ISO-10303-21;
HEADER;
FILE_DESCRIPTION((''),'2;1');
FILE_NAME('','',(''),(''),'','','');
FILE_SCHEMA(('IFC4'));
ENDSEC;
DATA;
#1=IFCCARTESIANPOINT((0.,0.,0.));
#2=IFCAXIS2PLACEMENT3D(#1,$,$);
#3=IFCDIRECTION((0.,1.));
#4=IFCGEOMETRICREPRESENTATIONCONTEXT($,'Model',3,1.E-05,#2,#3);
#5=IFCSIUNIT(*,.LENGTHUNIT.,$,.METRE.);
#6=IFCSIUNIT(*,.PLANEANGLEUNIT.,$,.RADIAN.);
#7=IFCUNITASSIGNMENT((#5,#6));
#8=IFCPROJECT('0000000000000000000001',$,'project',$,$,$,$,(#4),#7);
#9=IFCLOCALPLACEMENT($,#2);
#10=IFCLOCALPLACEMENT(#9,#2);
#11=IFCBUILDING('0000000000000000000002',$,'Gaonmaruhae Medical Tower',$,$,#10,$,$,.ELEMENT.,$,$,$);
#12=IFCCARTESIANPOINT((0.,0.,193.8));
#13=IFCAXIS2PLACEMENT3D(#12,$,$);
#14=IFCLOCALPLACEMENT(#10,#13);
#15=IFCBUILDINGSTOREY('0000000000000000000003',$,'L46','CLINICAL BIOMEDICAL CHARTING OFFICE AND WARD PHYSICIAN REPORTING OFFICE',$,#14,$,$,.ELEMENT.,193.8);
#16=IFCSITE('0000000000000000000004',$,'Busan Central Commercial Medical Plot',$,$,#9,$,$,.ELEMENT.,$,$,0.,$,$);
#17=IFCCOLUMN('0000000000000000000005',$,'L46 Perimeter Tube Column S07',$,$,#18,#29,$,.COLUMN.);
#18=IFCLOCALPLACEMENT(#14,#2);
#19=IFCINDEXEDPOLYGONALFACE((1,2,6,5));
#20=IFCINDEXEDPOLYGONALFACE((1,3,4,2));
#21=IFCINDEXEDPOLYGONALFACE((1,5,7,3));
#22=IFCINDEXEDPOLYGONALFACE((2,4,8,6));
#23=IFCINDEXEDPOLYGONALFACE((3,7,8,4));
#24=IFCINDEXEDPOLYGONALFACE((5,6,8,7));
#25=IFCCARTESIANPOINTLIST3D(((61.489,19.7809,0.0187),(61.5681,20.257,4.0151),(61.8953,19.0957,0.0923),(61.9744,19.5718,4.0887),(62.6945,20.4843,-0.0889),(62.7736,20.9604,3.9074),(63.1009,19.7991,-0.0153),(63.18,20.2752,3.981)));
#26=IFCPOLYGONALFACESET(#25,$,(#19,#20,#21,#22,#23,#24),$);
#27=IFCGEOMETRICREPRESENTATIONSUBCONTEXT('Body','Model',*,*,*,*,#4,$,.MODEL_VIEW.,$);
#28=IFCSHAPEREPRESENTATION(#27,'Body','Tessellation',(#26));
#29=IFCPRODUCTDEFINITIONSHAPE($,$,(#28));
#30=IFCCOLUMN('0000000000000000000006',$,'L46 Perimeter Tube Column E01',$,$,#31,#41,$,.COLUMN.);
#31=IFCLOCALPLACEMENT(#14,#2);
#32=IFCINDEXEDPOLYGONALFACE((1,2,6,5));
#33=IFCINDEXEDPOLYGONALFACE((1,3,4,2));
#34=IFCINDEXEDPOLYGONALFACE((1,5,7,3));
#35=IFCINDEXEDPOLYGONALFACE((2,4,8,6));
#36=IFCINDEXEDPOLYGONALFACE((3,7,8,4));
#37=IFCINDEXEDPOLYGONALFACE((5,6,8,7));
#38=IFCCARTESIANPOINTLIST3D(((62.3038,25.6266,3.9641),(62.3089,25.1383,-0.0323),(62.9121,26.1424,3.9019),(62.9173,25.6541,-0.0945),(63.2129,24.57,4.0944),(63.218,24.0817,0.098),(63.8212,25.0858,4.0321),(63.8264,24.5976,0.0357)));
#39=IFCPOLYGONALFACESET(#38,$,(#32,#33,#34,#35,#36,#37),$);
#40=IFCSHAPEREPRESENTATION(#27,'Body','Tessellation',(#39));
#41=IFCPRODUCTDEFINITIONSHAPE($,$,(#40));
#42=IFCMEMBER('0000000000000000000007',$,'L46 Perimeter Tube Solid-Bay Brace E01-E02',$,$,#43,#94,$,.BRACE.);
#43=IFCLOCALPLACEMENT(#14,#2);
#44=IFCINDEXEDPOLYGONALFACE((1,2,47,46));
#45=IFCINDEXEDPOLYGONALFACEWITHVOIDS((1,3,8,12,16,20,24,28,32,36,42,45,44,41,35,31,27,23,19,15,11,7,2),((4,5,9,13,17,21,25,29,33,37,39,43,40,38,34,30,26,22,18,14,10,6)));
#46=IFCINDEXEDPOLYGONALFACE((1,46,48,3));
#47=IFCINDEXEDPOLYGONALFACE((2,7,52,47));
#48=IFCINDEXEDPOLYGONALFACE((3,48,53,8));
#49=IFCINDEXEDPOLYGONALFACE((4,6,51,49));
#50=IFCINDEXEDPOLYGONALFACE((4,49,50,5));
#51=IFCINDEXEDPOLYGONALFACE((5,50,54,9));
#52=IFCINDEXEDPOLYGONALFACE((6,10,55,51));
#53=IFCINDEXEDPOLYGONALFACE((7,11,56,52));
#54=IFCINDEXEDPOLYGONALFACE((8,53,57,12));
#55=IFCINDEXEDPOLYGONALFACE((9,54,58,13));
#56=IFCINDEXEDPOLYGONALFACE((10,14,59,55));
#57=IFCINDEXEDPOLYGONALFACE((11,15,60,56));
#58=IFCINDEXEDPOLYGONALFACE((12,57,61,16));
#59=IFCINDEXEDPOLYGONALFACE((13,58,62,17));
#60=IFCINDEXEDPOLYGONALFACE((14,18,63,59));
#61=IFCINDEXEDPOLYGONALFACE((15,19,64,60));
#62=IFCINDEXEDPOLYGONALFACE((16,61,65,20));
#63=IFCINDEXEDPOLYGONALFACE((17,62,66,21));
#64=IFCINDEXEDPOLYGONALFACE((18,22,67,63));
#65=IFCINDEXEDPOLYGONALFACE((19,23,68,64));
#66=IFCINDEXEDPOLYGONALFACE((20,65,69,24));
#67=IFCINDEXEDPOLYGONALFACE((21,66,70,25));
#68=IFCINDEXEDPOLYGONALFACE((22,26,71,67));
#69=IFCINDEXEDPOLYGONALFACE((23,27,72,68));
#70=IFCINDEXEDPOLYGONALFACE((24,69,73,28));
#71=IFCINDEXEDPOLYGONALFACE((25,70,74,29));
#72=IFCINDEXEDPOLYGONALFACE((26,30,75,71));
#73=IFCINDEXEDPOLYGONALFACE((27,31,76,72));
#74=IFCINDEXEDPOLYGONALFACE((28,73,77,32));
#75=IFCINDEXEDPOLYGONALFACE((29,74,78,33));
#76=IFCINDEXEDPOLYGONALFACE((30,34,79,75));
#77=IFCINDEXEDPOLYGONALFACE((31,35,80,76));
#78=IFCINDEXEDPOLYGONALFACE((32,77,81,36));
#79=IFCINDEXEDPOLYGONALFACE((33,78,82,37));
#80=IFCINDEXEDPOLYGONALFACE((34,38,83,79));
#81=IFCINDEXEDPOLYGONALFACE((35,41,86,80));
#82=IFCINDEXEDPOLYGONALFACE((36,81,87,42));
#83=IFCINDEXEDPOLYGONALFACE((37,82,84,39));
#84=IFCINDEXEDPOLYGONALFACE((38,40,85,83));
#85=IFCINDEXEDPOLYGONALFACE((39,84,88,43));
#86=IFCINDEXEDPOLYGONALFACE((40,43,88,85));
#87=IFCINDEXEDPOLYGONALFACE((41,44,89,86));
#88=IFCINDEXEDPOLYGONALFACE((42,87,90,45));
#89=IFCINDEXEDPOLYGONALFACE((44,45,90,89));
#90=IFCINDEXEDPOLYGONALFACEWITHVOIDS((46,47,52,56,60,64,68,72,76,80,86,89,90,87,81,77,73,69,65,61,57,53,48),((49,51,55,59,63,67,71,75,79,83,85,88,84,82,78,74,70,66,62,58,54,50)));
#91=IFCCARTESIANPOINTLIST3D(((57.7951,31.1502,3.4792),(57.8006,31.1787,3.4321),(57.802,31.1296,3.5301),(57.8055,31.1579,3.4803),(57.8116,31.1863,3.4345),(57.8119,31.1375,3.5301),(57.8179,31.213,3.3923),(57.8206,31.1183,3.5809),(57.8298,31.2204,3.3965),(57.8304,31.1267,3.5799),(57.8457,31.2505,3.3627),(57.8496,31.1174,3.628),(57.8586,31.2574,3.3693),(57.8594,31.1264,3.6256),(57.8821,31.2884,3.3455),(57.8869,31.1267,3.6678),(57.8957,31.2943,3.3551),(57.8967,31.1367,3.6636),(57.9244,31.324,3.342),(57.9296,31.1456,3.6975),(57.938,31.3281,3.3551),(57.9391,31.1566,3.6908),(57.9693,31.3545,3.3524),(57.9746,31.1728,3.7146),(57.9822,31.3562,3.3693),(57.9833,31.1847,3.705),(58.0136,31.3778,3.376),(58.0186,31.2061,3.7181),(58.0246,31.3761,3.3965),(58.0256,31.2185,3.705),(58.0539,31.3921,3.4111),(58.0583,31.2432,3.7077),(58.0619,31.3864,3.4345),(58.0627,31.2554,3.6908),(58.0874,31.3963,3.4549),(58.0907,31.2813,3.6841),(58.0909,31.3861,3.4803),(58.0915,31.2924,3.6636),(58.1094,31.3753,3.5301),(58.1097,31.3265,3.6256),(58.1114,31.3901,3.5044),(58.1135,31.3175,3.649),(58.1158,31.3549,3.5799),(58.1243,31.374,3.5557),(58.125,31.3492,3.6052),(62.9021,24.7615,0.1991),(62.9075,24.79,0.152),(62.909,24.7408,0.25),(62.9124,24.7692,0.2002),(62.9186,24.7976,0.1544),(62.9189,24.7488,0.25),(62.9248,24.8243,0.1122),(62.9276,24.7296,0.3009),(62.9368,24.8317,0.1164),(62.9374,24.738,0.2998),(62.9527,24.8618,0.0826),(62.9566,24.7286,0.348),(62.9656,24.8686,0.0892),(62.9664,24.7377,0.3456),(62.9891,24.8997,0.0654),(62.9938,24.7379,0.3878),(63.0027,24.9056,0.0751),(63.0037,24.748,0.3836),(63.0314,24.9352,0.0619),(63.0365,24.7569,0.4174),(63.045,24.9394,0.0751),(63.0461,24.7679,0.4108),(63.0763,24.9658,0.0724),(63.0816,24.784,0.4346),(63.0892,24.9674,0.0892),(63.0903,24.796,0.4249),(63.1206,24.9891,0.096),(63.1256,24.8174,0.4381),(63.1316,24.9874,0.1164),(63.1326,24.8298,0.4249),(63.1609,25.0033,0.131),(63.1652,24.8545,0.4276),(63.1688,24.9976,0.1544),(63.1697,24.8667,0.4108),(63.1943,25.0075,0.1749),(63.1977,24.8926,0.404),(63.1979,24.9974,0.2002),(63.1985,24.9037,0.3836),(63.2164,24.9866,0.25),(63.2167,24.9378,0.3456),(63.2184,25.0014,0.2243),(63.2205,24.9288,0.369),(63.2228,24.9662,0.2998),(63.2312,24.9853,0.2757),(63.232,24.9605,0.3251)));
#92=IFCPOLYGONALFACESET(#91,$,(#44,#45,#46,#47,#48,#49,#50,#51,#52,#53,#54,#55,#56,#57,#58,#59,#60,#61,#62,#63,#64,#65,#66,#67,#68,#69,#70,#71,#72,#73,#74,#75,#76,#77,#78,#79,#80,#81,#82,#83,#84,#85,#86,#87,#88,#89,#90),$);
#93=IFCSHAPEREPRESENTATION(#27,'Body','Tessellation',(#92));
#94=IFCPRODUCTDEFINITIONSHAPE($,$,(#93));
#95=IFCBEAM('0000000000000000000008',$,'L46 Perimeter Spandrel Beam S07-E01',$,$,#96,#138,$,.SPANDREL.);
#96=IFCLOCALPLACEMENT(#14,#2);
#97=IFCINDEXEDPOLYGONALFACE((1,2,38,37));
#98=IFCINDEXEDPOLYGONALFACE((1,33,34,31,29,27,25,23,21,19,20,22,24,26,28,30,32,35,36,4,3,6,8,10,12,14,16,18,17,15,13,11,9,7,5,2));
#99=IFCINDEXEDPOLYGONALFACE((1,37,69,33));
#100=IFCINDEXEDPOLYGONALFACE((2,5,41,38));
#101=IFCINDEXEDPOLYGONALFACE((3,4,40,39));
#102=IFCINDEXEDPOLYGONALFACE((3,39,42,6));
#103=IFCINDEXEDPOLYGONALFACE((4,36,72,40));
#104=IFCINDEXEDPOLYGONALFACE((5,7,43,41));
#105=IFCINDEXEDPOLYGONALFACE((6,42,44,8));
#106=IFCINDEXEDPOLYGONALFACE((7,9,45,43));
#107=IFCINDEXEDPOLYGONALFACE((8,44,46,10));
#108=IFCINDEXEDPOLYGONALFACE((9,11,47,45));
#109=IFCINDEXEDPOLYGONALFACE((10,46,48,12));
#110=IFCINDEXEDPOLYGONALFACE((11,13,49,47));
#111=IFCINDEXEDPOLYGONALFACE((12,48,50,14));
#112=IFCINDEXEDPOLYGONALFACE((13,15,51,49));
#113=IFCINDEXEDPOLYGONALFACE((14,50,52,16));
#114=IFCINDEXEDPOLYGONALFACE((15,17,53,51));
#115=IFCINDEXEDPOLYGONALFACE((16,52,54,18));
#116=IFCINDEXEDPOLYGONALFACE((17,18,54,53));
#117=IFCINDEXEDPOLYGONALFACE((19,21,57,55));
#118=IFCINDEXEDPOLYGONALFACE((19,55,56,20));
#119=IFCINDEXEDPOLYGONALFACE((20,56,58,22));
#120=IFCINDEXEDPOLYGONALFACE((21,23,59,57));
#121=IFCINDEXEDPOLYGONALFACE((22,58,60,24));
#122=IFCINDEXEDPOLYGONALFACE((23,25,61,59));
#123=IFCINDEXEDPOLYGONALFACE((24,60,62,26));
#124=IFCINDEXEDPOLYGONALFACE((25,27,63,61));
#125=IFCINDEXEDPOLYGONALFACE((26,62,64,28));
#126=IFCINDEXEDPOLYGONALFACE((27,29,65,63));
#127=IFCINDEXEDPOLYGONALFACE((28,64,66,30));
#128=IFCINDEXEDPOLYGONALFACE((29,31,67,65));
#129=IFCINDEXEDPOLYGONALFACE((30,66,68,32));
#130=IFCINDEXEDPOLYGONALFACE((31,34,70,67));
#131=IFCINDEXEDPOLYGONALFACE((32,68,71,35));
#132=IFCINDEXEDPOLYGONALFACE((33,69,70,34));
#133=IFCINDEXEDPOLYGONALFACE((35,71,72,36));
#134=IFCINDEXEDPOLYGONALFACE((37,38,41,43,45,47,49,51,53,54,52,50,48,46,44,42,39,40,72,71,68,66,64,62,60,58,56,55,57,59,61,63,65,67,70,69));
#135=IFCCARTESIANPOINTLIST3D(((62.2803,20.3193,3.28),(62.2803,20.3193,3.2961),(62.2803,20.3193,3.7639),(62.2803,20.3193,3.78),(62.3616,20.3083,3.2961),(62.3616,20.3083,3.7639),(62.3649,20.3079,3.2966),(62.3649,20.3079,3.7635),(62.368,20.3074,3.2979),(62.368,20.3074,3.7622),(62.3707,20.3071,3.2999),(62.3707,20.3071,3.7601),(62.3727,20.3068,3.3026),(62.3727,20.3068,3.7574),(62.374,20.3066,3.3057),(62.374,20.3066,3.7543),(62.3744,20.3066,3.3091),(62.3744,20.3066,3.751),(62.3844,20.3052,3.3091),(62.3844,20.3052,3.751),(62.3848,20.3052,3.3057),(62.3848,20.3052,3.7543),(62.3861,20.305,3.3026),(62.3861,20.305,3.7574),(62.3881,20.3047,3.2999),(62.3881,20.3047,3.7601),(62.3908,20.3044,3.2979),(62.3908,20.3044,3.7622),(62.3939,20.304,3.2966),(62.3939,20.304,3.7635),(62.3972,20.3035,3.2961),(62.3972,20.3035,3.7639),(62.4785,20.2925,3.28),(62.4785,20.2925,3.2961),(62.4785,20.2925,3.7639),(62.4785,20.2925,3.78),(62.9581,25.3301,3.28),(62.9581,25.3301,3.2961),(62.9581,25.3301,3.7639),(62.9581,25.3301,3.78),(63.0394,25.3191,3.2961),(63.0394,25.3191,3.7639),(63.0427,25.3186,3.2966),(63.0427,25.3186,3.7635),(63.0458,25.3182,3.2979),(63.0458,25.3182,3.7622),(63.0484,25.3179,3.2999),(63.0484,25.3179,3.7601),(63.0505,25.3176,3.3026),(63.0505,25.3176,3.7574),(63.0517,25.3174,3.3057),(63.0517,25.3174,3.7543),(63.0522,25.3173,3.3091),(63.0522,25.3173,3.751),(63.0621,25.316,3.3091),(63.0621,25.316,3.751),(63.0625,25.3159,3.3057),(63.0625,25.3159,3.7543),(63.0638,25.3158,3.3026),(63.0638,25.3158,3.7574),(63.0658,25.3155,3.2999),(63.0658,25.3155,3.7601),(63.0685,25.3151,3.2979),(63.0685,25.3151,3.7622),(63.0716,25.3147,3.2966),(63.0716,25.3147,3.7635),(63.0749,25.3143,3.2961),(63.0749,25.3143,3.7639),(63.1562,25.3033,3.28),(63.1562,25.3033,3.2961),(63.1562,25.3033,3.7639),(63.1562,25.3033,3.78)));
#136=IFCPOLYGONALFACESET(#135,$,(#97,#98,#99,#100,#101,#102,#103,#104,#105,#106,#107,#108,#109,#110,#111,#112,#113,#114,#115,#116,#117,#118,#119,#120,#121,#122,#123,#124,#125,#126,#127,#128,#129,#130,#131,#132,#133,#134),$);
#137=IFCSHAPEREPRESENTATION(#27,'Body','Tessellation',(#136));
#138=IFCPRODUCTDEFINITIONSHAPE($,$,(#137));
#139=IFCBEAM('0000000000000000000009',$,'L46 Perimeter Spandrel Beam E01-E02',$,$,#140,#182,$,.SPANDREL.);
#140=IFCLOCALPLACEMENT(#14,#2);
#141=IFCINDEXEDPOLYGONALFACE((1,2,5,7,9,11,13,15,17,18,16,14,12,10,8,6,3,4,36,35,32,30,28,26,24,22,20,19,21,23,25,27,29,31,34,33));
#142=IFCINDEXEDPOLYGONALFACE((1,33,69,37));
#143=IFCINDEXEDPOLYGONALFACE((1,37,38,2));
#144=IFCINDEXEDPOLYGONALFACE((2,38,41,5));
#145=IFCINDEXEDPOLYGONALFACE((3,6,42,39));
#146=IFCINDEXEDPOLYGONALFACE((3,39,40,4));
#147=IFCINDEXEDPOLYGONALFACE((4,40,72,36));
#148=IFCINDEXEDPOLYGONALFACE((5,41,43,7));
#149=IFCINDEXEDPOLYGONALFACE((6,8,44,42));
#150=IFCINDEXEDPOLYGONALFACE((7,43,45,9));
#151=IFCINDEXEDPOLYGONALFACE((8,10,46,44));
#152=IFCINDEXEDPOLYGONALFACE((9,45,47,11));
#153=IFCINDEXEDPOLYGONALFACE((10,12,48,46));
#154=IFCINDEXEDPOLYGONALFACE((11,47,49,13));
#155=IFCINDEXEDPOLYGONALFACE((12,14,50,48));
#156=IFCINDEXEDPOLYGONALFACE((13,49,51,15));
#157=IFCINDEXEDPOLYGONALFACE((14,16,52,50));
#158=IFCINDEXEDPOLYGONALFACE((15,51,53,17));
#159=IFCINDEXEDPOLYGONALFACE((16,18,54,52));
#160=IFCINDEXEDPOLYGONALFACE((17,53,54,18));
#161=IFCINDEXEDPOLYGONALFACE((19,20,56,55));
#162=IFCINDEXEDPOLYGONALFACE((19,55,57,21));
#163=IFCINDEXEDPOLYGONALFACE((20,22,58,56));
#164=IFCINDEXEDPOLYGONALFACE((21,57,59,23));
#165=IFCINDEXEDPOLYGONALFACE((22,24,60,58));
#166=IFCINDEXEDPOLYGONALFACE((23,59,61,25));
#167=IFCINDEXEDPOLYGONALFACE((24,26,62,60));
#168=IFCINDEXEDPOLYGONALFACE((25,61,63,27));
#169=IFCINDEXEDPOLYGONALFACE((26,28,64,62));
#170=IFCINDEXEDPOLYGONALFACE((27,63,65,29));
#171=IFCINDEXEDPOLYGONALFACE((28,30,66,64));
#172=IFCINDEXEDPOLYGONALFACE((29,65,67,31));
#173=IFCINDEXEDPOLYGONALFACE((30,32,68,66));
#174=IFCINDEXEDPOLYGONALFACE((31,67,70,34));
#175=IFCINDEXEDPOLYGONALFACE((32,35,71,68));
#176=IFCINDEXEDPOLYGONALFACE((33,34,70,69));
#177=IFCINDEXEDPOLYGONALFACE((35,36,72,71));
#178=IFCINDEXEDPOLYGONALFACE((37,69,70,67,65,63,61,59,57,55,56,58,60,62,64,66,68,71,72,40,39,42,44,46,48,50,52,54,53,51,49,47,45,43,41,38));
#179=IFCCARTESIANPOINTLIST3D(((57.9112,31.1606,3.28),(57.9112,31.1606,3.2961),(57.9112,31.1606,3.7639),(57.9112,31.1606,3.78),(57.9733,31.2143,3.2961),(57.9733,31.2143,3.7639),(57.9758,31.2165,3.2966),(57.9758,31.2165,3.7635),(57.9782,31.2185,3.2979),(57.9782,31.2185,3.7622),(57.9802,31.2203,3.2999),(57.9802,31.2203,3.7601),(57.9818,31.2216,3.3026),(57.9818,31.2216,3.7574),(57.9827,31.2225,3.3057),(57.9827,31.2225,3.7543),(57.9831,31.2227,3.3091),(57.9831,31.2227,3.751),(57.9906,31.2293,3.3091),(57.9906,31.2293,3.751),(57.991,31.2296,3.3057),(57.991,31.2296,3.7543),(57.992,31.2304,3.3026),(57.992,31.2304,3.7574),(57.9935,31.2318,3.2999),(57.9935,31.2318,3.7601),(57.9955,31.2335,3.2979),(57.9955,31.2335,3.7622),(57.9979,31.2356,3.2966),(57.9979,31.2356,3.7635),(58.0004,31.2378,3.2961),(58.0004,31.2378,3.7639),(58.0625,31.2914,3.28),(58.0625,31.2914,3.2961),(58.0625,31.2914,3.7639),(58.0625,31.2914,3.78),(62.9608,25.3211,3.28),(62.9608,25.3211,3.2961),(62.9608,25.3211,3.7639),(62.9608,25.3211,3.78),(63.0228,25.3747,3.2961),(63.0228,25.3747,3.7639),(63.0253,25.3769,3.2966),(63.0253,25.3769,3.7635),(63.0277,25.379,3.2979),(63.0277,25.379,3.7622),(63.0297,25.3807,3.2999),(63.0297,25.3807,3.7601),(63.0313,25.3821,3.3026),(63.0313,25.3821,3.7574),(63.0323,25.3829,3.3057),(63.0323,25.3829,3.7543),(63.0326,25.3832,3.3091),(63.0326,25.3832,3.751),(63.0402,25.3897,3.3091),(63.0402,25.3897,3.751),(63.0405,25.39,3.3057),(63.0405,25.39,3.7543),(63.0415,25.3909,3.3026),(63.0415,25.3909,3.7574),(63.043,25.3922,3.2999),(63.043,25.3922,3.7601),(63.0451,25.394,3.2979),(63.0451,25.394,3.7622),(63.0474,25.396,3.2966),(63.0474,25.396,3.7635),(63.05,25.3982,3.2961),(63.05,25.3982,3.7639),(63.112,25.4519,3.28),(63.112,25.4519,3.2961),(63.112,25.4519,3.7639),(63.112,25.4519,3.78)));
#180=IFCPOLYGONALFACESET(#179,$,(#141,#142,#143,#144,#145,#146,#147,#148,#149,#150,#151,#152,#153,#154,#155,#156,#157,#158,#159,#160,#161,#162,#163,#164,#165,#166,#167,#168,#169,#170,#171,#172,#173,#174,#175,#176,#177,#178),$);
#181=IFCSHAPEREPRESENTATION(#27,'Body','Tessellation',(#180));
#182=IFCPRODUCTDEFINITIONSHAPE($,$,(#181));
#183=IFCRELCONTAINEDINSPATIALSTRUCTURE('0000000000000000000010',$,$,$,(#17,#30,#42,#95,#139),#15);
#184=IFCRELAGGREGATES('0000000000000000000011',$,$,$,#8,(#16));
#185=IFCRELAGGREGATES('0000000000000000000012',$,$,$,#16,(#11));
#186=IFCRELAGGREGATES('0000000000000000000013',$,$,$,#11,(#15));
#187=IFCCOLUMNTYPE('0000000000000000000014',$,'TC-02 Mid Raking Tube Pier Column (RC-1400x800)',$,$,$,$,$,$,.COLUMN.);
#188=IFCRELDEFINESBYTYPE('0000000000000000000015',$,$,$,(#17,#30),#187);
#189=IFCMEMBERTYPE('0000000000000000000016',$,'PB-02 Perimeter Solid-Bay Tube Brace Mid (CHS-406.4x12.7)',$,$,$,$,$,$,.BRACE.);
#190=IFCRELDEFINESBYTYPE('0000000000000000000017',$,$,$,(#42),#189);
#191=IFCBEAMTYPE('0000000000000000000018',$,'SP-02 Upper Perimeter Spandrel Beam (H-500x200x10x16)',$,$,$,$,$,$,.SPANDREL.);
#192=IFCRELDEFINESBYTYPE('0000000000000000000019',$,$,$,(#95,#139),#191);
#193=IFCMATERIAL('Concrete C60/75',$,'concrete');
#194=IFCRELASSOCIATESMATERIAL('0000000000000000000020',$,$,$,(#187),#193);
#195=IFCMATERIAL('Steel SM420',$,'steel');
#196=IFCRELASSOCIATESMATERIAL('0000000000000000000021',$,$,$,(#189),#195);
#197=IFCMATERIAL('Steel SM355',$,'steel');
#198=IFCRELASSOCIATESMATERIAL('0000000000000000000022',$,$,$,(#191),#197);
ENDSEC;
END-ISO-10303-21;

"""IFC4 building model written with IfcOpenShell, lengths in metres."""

from ifc_helpers import new_model, si_unit, direction, frame, origin, origin_2d, place, context, subcontext, project, spatial, rectangle, hollow_circle, i_section, extrude, material, material_profile, profile_set, type_object, element, save


model = new_model("IFC4")

# Units and contexts
model_context = context("Model", 3, precision=1e-05, world=origin(), true_north=direction((0.0, 1.0)))
body_context = subcontext(model_context, "Body", "Model", "MODEL_VIEW")
ifc_project = project(units=[si_unit("LENGTHUNIT", "METRE"), si_unit("PLANEANGLEUNIT", "RADIAN")], contexts=[model_context])

# Site, building, storey
site_placement = place(None, origin())
site = spatial("IfcSite", under=ifc_project, at=site_placement, Name="Busan Central Commercial Medical Plot", CompositionType="ELEMENT", RefElevation=0.0)
building_placement = place(site_placement, origin())
building = spatial("IfcBuilding", under=site, at=building_placement, Name="Gaonmaruhae Medical Tower", CompositionType="ELEMENT")
storey_placement = place(building_placement, frame((0.0, 0.0, 193.8)))
storey = spatial("IfcBuildingStorey", under=building, at=storey_placement, Name="L46", Description="CLINICAL BIOMEDICAL CHARTING OFFICE AND WARD PHYSICIAN REPORTING OFFICE", CompositionType="ELEMENT", Elevation=193.8)

# Columns
ifc_material_1 = material(Name="Concrete C60/75", Category="concrete")
ifc_material_profile_1 = material_profile(ifc_material_1, rectangle(XDim=1.3999, YDim=0.8, at=origin_2d()), Name="RC-1400x800")
ifc_profile_set_1 = profile_set([ifc_material_profile_1], Name="Concrete C60/75")
column_type = type_object("IfcColumnType", Name="TC-02 Mid Raking Tube Pier Column (RC-1400x800)", PredefinedType="COLUMN", material=ifc_profile_set_1)
column_1_placement = place(storey_placement, frame((62.2949, 19.79, 0.0017), z_axis=(0.019651, 0.118268, 0.992787), x_axis=(-0.861169, -0.502467, 0.076903)))
element("IfcColumn", 1, at=column_1_placement, inside=storey, type_object=column_type, Name="L46 Perimeter Tube Column S07", PredefinedType="COLUMN", context=body_context, shape_type="SweptSolid", body=[
    extrude(rectangle(XDim=1.3999, YDim=0.8, at=origin_2d()), origin(), (0.0, 0.0, 1.0), 4.0254),
])
column_2_placement = place(storey_placement, frame((63.0676, 24.8679, 0.0017), z_axis=(-0.001273, 0.12128, 0.992617), x_axis=(0.64941, -0.754725, 0.093047)))
element("IfcColumn", 2, at=column_2_placement, inside=storey, type_object=column_type, Name="L46 Perimeter Tube Column E01", PredefinedType="COLUMN", context=body_context, shape_type="SweptSolid", body=[
    extrude(rectangle(XDim=1.3999, YDim=0.8, at=origin_2d()), origin(), (0.0, 0.0, 1.0), 4.0261),
])

# Member
ifc_material_2 = material(Name="Steel SM420", Category="steel")
ifc_material_profile_2 = material_profile(ifc_material_2, hollow_circle(Radius=0.2031, WallThickness=0.0127, at=origin_2d()), Name="CHS-406.4x12.7")
ifc_profile_set_2 = profile_set([ifc_material_profile_2], Name="Steel SM420")
member_type = type_object("IfcMemberType", Name="PB-02 Perimeter Solid-Bay Tube Brace Mid (CHS-406.4x12.7)", PredefinedType="BRACE", material=ifc_profile_set_2)
member_placement = place(storey_placement, frame((63.0676, 24.8677, 0.25), z_axis=(-0.579531, 0.724982, 0.372215), x_axis=(-0.781108, -0.624397, 0.0)))
element("IfcMember", 3, at=member_placement, inside=storey, type_object=member_type, Name="L46 Perimeter Tube Solid-Bay Brace E01-E02", PredefinedType="BRACE", context=body_context, shape_type="SweptSolid", body=[
    extrude(hollow_circle(Radius=0.2031, WallThickness=0.0127, at=origin_2d()), origin(), (0.0, 0.0, 1.0), 8.8123),
])

# Beams
ifc_material_3 = material(Name="Steel SM355", Category="steel")
ifc_material_profile_3 = material_profile(ifc_material_3, i_section(OverallWidth=0.2, OverallDepth=0.5, WebThickness=0.01, FlangeThickness=0.0161, FilletRadius=0.0129, at=origin_2d()), Name="H-500x200x10x16")
ifc_profile_set_3 = profile_set([ifc_material_profile_3], Name="Steel SM355")
beam_type = type_object("IfcBeamType", Name="SP-02 Upper Perimeter Spandrel Beam (H-500x200x10x16)", PredefinedType="SPANDREL", material=ifc_profile_set_3)
beam_1_placement = place(storey_placement, frame((62.3794, 20.3059, 3.53), z_axis=(0.134036, 0.990976, 0.0), x_axis=(-0.990976, 0.134036, 0.0)))
element("IfcBeam", 4, at=beam_1_placement, inside=storey, type_object=beam_type, Name="L46 Perimeter Spandrel Beam S07-E01", PredefinedType="SPANDREL", context=body_context, shape_type="SweptSolid", body=[
    extrude(i_section(OverallWidth=0.2, OverallDepth=0.5, WebThickness=0.01, FlangeThickness=0.0161, FilletRadius=0.0129, at=origin_2d()), origin(), (0.0, 0.0, 1.0), 5.0564),
])
beam_2_placement = place(storey_placement, frame((63.0364, 25.3865, 3.53), z_axis=(-0.654085, 0.756421, 0.0), x_axis=(-0.756421, -0.654085, 0.0)))
element("IfcBeam", 5, at=beam_2_placement, inside=storey, type_object=beam_type, Name="L46 Perimeter Spandrel Beam E01-E02", PredefinedType="SPANDREL", context=body_context, shape_type="SweptSolid", body=[
    extrude(i_section(OverallWidth=0.2, OverallDepth=0.5, WebThickness=0.01, FlangeThickness=0.0161, FilletRadius=0.0129, at=origin_2d()), origin(), (0.0, 0.0, 1.0), 7.72),
])

save(model, "model.ifc")
